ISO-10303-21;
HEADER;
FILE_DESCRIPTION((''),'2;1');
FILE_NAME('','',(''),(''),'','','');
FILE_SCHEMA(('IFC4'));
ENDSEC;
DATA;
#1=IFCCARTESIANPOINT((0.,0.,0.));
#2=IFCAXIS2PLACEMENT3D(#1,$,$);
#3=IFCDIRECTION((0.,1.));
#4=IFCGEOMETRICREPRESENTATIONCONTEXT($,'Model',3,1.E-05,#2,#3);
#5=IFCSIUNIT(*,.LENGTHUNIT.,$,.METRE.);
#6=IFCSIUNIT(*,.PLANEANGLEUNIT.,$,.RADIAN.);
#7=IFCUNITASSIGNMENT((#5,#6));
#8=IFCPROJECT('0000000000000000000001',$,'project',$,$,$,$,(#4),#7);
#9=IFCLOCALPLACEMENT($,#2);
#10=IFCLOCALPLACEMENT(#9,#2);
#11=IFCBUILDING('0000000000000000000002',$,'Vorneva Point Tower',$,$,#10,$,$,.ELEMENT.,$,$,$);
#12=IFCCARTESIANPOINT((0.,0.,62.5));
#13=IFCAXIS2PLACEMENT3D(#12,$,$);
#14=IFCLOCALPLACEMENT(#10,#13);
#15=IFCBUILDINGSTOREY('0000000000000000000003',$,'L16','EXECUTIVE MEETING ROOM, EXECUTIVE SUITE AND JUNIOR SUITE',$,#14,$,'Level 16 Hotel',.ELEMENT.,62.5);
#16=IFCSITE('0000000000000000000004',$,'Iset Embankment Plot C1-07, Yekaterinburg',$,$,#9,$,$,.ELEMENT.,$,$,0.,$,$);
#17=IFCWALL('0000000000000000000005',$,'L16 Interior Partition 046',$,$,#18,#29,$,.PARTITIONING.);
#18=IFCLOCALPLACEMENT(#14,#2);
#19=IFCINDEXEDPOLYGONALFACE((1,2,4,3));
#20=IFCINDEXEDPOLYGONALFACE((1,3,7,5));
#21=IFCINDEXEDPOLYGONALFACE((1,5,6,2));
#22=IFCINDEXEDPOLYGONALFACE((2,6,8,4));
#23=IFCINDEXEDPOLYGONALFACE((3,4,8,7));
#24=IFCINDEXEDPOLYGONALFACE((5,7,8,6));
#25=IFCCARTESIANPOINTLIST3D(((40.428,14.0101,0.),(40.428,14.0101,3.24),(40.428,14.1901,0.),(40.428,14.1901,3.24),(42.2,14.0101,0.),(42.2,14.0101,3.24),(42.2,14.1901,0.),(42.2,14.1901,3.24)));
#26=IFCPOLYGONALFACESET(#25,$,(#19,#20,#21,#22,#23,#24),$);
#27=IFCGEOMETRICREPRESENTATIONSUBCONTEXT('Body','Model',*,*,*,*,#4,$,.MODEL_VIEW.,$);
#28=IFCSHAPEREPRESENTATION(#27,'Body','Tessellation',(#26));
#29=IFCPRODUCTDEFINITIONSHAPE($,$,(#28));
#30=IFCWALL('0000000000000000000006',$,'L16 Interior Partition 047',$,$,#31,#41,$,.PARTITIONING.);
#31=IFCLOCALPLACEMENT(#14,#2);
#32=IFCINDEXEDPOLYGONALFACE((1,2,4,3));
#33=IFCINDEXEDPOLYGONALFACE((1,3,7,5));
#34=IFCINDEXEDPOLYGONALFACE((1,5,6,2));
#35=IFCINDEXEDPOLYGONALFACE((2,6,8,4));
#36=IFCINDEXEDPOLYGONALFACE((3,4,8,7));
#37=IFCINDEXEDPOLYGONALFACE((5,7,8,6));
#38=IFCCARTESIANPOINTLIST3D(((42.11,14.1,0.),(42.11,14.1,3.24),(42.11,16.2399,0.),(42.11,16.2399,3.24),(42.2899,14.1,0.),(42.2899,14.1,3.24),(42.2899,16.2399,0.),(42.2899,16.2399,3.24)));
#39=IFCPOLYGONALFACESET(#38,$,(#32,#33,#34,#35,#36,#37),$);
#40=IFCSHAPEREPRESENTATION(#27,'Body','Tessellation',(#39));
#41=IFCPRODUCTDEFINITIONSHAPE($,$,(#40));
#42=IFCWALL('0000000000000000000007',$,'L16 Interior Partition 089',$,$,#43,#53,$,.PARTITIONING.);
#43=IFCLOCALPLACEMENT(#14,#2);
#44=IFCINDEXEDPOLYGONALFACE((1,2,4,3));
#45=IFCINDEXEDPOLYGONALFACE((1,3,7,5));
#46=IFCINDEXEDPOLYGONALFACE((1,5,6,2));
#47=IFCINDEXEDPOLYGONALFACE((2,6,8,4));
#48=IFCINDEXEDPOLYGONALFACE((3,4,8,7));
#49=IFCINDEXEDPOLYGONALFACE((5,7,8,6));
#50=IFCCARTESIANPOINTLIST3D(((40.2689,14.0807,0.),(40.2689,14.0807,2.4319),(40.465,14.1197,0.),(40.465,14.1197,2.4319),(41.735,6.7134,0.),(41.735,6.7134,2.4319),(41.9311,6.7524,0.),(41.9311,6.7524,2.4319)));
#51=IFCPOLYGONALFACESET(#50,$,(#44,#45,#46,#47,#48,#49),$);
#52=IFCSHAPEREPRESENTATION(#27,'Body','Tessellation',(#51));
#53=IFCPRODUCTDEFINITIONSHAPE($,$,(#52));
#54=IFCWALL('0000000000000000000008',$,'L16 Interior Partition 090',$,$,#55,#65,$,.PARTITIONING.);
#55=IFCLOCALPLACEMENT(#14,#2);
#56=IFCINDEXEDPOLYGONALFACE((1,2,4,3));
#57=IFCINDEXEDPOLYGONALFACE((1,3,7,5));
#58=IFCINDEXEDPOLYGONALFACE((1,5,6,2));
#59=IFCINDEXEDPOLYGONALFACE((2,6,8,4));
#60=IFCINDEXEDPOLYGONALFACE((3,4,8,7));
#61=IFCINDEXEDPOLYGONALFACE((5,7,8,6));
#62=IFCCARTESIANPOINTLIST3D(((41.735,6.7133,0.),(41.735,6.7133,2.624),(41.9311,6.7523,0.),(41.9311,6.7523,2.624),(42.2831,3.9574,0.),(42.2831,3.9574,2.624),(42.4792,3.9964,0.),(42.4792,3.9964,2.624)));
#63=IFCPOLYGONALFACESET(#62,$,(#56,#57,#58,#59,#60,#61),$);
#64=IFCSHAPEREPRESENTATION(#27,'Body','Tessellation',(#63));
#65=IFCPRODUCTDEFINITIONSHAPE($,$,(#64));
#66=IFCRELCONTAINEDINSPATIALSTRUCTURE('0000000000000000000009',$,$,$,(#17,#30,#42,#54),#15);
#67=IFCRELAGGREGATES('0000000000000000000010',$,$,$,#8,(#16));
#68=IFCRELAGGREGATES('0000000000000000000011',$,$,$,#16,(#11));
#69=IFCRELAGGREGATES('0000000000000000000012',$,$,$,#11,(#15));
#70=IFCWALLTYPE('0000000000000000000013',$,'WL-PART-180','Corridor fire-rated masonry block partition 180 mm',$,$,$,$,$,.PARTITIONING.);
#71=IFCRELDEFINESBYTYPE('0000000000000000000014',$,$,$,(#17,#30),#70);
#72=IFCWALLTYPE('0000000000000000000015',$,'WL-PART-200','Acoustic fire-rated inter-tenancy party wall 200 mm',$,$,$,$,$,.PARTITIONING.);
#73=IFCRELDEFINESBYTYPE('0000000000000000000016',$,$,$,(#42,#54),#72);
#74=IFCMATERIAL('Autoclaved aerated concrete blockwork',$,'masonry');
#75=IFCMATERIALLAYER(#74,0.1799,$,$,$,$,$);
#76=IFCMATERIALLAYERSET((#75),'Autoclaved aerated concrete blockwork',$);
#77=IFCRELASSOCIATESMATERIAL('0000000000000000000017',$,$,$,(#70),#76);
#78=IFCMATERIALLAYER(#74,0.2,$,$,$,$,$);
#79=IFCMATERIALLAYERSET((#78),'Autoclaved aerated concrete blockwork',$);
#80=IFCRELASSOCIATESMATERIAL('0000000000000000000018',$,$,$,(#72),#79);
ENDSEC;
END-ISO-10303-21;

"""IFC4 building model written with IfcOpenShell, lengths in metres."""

from ifc_helpers import new_model, si_unit, direction, frame, frame_2d, origin, place, context, subcontext, project, spatial, rectangle, extrude, material, layer, layer_set, type_object, element, save


model = new_model("IFC4")

# Units and contexts
model_context = context("Model", 3, precision=1e-05, world=origin(), true_north=direction((0.0, 1.0)))
body_context = subcontext(model_context, "Body", "Model", "MODEL_VIEW")
ifc_project = project(units=[si_unit("LENGTHUNIT", "METRE"), si_unit("PLANEANGLEUNIT", "RADIAN")], contexts=[model_context])

# Site, building, storey
site_placement = place(None, origin())
site = spatial("IfcSite", under=ifc_project, at=site_placement, Name="Iset Embankment Plot C1-07, Yekaterinburg", CompositionType="ELEMENT", RefElevation=0.0)
building_placement = place(site_placement, origin())
building = spatial("IfcBuilding", under=site, at=building_placement, Name="Vorneva Point Tower", CompositionType="ELEMENT")
storey_placement = place(building_placement, frame((0.0, 0.0, 62.5)))
storey = spatial("IfcBuildingStorey", under=building, at=storey_placement, Name="L16", Description="EXECUTIVE MEETING ROOM, EXECUTIVE SUITE AND JUNIOR SUITE", LongName="Level 16 Hotel", CompositionType="ELEMENT", Elevation=62.5)

# Shared definitions
ifc_material_1 = material(Name="Autoclaved aerated concrete blockwork", Category="masonry")
ifc_layer_1 = layer(ifc_material_1, 0.1799)
ifc_layer_set_1 = layer_set([ifc_layer_1], Name="Autoclaved aerated concrete blockwork")
wall_type_1 = type_object("IfcWallType", Name="WL-PART-180", Description="Corridor fire-rated masonry block partition 180 mm", PredefinedType="PARTITIONING", material=ifc_layer_set_1)

# Walls
wall_1_placement = place(storey_placement, frame((40.428, 14.1001, 0.0), z_axis=(0.0, 0.0, 1.0), x_axis=(1.0, 0.0, 0.0)))
element("IfcWall", 1, at=wall_1_placement, inside=storey, type_object=wall_type_1, Name="L16 Interior Partition 046", PredefinedType="PARTITIONING", context=body_context, shape_type="SweptSolid", body=[
    extrude(rectangle(XDim=1.772, YDim=0.1799, at=frame_2d((0.886, 0.0))), origin(), (0.0, 0.0, 1.0), 3.24),
])
wall_2_placement = place(storey_placement, frame((42.2, 14.1001, 0.0), z_axis=(0.0, 0.0, 1.0), x_axis=(0.0, 1.0, 0.0)))
element("IfcWall", 2, at=wall_2_placement, inside=storey, type_object=wall_type_1, Name="L16 Interior Partition 047", PredefinedType="PARTITIONING", context=body_context, shape_type="SweptSolid", body=[
    extrude(rectangle(XDim=2.1399, YDim=0.1799, at=frame_2d((1.0698, 0.0))), origin(), (0.0, 0.0, 1.0), 3.24),
])
ifc_layer_2 = layer(ifc_material_1, 0.2)
ifc_layer_set_2 = layer_set([ifc_layer_2], Name="Autoclaved aerated concrete blockwork")
wall_type_2 = type_object("IfcWallType", Name="WL-PART-200", Description="Acoustic fire-rated inter-tenancy party wall 200 mm", PredefinedType="PARTITIONING", material=ifc_layer_set_2)
wall_3_placement = place(storey_placement, frame((41.833, 6.7329, 0.0), z_axis=(0.0, 0.0, 1.0), x_axis=(-0.195172, 0.980769, 0.0)))
element("IfcWall", 3, at=wall_3_placement, inside=storey, type_object=wall_type_2, Name="L16 Interior Partition 089", PredefinedType="PARTITIONING", context=body_context, shape_type="SweptSolid", body=[
    extrude(rectangle(XDim=7.5117, YDim=0.2, at=frame_2d((3.7559, 0.0))), origin(), (0.0, 0.0, 1.0), 2.4319),
])
wall_4_placement = place(storey_placement, frame((42.3811, 3.9771, 0.0), z_axis=(0.0, 0.0, 1.0), x_axis=(-0.195063, 0.980791, 0.0)))
element("IfcWall", 4, at=wall_4_placement, inside=storey, type_object=wall_type_2, Name="L16 Interior Partition 090", PredefinedType="PARTITIONING", context=body_context, shape_type="SweptSolid", body=[
    extrude(rectangle(XDim=2.8098, YDim=0.2, at=frame_2d((1.4048, 0.0))), origin(), (0.0, 0.0, 1.0), 2.624),
])

save(model, "model.ifc")
